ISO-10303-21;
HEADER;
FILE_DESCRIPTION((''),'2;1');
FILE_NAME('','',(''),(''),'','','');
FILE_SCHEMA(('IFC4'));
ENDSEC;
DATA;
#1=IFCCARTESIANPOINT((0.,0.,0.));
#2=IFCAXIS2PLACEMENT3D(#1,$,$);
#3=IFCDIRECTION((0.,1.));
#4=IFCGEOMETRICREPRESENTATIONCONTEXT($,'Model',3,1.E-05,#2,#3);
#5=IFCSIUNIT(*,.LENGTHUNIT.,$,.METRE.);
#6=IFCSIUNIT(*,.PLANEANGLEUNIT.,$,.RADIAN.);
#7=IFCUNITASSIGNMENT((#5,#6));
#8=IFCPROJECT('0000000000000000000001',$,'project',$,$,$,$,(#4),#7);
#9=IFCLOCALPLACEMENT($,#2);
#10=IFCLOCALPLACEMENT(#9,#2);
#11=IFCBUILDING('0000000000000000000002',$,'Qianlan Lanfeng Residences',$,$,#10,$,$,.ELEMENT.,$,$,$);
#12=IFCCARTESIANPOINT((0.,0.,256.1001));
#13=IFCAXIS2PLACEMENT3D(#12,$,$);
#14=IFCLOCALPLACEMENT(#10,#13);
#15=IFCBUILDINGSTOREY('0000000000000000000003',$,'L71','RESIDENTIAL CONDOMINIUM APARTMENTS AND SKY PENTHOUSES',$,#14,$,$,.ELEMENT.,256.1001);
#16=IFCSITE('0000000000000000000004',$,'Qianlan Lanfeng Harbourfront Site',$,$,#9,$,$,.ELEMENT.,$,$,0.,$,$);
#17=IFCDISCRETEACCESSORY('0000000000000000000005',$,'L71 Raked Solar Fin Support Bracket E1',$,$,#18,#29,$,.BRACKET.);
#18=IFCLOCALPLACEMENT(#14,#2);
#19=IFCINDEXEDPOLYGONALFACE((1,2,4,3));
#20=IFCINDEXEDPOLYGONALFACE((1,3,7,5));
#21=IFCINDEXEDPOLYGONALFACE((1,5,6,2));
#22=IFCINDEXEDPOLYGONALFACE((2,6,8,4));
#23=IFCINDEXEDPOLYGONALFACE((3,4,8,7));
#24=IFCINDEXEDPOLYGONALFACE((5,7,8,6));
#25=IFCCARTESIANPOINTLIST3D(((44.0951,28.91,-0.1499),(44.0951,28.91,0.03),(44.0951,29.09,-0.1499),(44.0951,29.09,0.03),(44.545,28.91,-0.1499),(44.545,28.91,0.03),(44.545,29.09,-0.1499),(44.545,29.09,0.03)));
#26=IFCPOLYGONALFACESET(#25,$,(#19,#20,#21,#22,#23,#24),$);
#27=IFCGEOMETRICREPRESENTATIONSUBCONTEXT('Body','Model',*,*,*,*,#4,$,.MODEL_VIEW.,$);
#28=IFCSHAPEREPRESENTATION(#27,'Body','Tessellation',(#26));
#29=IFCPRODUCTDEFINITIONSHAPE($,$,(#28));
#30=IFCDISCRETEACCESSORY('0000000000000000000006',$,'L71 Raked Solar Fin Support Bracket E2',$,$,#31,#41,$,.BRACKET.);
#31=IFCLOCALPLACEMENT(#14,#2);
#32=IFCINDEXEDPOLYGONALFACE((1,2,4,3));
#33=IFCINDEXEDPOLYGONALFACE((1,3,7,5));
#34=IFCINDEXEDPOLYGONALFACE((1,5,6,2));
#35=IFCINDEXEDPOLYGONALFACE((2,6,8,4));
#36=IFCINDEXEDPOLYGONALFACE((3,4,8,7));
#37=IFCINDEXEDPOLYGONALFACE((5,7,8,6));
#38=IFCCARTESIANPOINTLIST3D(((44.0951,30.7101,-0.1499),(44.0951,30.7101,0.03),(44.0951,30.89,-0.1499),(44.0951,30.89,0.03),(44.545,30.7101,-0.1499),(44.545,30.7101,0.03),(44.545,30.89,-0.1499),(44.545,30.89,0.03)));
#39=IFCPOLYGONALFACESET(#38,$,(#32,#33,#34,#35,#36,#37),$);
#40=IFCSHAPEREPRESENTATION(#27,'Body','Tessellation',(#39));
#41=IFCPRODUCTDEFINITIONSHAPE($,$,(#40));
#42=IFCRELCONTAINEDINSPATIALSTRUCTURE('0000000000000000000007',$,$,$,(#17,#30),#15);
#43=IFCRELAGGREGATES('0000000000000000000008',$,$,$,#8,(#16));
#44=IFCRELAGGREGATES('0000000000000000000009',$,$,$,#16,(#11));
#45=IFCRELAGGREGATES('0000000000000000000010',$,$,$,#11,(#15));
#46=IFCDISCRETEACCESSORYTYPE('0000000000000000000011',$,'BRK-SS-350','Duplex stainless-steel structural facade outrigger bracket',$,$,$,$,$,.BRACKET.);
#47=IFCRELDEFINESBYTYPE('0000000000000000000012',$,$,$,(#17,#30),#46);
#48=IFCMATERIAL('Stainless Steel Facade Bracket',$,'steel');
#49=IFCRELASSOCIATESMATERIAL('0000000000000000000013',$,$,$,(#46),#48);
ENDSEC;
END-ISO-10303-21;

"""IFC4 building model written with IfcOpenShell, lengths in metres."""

from ifc_helpers import new_model, si_unit, direction, frame, origin, origin_2d, place, context, subcontext, project, spatial, rectangle, extrude, source, transform, mapped, material, type_object, element, save


model = new_model("IFC4")

# Units and contexts
model_context = context("Model", 3, precision=1e-05, world=origin(), true_north=direction((0.0, 1.0)))
body_context = subcontext(model_context, "Body", "Model", "MODEL_VIEW")
ifc_project = project(units=[si_unit("LENGTHUNIT", "METRE"), si_unit("PLANEANGLEUNIT", "RADIAN")], contexts=[model_context])

# Site, building, storey
site_placement = place(None, origin())
site = spatial("IfcSite", under=ifc_project, at=site_placement, Name="Qianlan Lanfeng Harbourfront Site", CompositionType="ELEMENT", RefElevation=0.0)
building_placement = place(site_placement, origin())
building = spatial("IfcBuilding", under=site, at=building_placement, Name="Qianlan Lanfeng Residences", CompositionType="ELEMENT")
storey_placement = place(building_placement, frame((0.0, 0.0, 256.1001)))
storey = spatial("IfcBuildingStorey", under=building, at=storey_placement, Name="L71", Description="RESIDENTIAL CONDOMINIUM APARTMENTS AND SKY PENTHOUSES", CompositionType="ELEMENT", Elevation=256.1001)

# Discrete accessories
ifc_material_1 = material(Name="Stainless Steel Facade Bracket", Category="steel")
discrete_accessory_type = type_object("IfcDiscreteAccessoryType", Name="BRK-SS-350", Description="Duplex stainless-steel structural facade outrigger bracket", PredefinedType="BRACKET", material=ifc_material_1)
shared_shape_1 = source(origin(), body_context, "Body", "SweptSolid", [
    extrude(rectangle(XDim=0.45, YDim=0.1799, at=origin_2d()), origin(), (0.0, 0.0, 1.0), 0.1799),
])
for number, where, z_axis, x_axis, name in (
    (1, (44.3201, 29.0, -0.1499), (0.0, 0.0, 1.0), (1.0, 0.0, 0.0), "L71 Raked Solar Fin Support Bracket E1"),
    (2, (44.3201, 30.8, -0.1499), (0.0, 0.0, 1.0), (1.0, 0.0, 0.0), "L71 Raked Solar Fin Support Bracket E2"),
):
    element("IfcDiscreteAccessory", number, at=place(storey_placement, frame(where, z_axis=z_axis, x_axis=x_axis)), inside=storey, type_object=discrete_accessory_type, Name=name, PredefinedType="BRACKET", context=body_context, shape_type="MappedRepresentation", body=[
        mapped(shared_shape_1, transform((0.0, 0.0, 0.0), scale=1.0)),
    ])

save(model, "model.ifc")
